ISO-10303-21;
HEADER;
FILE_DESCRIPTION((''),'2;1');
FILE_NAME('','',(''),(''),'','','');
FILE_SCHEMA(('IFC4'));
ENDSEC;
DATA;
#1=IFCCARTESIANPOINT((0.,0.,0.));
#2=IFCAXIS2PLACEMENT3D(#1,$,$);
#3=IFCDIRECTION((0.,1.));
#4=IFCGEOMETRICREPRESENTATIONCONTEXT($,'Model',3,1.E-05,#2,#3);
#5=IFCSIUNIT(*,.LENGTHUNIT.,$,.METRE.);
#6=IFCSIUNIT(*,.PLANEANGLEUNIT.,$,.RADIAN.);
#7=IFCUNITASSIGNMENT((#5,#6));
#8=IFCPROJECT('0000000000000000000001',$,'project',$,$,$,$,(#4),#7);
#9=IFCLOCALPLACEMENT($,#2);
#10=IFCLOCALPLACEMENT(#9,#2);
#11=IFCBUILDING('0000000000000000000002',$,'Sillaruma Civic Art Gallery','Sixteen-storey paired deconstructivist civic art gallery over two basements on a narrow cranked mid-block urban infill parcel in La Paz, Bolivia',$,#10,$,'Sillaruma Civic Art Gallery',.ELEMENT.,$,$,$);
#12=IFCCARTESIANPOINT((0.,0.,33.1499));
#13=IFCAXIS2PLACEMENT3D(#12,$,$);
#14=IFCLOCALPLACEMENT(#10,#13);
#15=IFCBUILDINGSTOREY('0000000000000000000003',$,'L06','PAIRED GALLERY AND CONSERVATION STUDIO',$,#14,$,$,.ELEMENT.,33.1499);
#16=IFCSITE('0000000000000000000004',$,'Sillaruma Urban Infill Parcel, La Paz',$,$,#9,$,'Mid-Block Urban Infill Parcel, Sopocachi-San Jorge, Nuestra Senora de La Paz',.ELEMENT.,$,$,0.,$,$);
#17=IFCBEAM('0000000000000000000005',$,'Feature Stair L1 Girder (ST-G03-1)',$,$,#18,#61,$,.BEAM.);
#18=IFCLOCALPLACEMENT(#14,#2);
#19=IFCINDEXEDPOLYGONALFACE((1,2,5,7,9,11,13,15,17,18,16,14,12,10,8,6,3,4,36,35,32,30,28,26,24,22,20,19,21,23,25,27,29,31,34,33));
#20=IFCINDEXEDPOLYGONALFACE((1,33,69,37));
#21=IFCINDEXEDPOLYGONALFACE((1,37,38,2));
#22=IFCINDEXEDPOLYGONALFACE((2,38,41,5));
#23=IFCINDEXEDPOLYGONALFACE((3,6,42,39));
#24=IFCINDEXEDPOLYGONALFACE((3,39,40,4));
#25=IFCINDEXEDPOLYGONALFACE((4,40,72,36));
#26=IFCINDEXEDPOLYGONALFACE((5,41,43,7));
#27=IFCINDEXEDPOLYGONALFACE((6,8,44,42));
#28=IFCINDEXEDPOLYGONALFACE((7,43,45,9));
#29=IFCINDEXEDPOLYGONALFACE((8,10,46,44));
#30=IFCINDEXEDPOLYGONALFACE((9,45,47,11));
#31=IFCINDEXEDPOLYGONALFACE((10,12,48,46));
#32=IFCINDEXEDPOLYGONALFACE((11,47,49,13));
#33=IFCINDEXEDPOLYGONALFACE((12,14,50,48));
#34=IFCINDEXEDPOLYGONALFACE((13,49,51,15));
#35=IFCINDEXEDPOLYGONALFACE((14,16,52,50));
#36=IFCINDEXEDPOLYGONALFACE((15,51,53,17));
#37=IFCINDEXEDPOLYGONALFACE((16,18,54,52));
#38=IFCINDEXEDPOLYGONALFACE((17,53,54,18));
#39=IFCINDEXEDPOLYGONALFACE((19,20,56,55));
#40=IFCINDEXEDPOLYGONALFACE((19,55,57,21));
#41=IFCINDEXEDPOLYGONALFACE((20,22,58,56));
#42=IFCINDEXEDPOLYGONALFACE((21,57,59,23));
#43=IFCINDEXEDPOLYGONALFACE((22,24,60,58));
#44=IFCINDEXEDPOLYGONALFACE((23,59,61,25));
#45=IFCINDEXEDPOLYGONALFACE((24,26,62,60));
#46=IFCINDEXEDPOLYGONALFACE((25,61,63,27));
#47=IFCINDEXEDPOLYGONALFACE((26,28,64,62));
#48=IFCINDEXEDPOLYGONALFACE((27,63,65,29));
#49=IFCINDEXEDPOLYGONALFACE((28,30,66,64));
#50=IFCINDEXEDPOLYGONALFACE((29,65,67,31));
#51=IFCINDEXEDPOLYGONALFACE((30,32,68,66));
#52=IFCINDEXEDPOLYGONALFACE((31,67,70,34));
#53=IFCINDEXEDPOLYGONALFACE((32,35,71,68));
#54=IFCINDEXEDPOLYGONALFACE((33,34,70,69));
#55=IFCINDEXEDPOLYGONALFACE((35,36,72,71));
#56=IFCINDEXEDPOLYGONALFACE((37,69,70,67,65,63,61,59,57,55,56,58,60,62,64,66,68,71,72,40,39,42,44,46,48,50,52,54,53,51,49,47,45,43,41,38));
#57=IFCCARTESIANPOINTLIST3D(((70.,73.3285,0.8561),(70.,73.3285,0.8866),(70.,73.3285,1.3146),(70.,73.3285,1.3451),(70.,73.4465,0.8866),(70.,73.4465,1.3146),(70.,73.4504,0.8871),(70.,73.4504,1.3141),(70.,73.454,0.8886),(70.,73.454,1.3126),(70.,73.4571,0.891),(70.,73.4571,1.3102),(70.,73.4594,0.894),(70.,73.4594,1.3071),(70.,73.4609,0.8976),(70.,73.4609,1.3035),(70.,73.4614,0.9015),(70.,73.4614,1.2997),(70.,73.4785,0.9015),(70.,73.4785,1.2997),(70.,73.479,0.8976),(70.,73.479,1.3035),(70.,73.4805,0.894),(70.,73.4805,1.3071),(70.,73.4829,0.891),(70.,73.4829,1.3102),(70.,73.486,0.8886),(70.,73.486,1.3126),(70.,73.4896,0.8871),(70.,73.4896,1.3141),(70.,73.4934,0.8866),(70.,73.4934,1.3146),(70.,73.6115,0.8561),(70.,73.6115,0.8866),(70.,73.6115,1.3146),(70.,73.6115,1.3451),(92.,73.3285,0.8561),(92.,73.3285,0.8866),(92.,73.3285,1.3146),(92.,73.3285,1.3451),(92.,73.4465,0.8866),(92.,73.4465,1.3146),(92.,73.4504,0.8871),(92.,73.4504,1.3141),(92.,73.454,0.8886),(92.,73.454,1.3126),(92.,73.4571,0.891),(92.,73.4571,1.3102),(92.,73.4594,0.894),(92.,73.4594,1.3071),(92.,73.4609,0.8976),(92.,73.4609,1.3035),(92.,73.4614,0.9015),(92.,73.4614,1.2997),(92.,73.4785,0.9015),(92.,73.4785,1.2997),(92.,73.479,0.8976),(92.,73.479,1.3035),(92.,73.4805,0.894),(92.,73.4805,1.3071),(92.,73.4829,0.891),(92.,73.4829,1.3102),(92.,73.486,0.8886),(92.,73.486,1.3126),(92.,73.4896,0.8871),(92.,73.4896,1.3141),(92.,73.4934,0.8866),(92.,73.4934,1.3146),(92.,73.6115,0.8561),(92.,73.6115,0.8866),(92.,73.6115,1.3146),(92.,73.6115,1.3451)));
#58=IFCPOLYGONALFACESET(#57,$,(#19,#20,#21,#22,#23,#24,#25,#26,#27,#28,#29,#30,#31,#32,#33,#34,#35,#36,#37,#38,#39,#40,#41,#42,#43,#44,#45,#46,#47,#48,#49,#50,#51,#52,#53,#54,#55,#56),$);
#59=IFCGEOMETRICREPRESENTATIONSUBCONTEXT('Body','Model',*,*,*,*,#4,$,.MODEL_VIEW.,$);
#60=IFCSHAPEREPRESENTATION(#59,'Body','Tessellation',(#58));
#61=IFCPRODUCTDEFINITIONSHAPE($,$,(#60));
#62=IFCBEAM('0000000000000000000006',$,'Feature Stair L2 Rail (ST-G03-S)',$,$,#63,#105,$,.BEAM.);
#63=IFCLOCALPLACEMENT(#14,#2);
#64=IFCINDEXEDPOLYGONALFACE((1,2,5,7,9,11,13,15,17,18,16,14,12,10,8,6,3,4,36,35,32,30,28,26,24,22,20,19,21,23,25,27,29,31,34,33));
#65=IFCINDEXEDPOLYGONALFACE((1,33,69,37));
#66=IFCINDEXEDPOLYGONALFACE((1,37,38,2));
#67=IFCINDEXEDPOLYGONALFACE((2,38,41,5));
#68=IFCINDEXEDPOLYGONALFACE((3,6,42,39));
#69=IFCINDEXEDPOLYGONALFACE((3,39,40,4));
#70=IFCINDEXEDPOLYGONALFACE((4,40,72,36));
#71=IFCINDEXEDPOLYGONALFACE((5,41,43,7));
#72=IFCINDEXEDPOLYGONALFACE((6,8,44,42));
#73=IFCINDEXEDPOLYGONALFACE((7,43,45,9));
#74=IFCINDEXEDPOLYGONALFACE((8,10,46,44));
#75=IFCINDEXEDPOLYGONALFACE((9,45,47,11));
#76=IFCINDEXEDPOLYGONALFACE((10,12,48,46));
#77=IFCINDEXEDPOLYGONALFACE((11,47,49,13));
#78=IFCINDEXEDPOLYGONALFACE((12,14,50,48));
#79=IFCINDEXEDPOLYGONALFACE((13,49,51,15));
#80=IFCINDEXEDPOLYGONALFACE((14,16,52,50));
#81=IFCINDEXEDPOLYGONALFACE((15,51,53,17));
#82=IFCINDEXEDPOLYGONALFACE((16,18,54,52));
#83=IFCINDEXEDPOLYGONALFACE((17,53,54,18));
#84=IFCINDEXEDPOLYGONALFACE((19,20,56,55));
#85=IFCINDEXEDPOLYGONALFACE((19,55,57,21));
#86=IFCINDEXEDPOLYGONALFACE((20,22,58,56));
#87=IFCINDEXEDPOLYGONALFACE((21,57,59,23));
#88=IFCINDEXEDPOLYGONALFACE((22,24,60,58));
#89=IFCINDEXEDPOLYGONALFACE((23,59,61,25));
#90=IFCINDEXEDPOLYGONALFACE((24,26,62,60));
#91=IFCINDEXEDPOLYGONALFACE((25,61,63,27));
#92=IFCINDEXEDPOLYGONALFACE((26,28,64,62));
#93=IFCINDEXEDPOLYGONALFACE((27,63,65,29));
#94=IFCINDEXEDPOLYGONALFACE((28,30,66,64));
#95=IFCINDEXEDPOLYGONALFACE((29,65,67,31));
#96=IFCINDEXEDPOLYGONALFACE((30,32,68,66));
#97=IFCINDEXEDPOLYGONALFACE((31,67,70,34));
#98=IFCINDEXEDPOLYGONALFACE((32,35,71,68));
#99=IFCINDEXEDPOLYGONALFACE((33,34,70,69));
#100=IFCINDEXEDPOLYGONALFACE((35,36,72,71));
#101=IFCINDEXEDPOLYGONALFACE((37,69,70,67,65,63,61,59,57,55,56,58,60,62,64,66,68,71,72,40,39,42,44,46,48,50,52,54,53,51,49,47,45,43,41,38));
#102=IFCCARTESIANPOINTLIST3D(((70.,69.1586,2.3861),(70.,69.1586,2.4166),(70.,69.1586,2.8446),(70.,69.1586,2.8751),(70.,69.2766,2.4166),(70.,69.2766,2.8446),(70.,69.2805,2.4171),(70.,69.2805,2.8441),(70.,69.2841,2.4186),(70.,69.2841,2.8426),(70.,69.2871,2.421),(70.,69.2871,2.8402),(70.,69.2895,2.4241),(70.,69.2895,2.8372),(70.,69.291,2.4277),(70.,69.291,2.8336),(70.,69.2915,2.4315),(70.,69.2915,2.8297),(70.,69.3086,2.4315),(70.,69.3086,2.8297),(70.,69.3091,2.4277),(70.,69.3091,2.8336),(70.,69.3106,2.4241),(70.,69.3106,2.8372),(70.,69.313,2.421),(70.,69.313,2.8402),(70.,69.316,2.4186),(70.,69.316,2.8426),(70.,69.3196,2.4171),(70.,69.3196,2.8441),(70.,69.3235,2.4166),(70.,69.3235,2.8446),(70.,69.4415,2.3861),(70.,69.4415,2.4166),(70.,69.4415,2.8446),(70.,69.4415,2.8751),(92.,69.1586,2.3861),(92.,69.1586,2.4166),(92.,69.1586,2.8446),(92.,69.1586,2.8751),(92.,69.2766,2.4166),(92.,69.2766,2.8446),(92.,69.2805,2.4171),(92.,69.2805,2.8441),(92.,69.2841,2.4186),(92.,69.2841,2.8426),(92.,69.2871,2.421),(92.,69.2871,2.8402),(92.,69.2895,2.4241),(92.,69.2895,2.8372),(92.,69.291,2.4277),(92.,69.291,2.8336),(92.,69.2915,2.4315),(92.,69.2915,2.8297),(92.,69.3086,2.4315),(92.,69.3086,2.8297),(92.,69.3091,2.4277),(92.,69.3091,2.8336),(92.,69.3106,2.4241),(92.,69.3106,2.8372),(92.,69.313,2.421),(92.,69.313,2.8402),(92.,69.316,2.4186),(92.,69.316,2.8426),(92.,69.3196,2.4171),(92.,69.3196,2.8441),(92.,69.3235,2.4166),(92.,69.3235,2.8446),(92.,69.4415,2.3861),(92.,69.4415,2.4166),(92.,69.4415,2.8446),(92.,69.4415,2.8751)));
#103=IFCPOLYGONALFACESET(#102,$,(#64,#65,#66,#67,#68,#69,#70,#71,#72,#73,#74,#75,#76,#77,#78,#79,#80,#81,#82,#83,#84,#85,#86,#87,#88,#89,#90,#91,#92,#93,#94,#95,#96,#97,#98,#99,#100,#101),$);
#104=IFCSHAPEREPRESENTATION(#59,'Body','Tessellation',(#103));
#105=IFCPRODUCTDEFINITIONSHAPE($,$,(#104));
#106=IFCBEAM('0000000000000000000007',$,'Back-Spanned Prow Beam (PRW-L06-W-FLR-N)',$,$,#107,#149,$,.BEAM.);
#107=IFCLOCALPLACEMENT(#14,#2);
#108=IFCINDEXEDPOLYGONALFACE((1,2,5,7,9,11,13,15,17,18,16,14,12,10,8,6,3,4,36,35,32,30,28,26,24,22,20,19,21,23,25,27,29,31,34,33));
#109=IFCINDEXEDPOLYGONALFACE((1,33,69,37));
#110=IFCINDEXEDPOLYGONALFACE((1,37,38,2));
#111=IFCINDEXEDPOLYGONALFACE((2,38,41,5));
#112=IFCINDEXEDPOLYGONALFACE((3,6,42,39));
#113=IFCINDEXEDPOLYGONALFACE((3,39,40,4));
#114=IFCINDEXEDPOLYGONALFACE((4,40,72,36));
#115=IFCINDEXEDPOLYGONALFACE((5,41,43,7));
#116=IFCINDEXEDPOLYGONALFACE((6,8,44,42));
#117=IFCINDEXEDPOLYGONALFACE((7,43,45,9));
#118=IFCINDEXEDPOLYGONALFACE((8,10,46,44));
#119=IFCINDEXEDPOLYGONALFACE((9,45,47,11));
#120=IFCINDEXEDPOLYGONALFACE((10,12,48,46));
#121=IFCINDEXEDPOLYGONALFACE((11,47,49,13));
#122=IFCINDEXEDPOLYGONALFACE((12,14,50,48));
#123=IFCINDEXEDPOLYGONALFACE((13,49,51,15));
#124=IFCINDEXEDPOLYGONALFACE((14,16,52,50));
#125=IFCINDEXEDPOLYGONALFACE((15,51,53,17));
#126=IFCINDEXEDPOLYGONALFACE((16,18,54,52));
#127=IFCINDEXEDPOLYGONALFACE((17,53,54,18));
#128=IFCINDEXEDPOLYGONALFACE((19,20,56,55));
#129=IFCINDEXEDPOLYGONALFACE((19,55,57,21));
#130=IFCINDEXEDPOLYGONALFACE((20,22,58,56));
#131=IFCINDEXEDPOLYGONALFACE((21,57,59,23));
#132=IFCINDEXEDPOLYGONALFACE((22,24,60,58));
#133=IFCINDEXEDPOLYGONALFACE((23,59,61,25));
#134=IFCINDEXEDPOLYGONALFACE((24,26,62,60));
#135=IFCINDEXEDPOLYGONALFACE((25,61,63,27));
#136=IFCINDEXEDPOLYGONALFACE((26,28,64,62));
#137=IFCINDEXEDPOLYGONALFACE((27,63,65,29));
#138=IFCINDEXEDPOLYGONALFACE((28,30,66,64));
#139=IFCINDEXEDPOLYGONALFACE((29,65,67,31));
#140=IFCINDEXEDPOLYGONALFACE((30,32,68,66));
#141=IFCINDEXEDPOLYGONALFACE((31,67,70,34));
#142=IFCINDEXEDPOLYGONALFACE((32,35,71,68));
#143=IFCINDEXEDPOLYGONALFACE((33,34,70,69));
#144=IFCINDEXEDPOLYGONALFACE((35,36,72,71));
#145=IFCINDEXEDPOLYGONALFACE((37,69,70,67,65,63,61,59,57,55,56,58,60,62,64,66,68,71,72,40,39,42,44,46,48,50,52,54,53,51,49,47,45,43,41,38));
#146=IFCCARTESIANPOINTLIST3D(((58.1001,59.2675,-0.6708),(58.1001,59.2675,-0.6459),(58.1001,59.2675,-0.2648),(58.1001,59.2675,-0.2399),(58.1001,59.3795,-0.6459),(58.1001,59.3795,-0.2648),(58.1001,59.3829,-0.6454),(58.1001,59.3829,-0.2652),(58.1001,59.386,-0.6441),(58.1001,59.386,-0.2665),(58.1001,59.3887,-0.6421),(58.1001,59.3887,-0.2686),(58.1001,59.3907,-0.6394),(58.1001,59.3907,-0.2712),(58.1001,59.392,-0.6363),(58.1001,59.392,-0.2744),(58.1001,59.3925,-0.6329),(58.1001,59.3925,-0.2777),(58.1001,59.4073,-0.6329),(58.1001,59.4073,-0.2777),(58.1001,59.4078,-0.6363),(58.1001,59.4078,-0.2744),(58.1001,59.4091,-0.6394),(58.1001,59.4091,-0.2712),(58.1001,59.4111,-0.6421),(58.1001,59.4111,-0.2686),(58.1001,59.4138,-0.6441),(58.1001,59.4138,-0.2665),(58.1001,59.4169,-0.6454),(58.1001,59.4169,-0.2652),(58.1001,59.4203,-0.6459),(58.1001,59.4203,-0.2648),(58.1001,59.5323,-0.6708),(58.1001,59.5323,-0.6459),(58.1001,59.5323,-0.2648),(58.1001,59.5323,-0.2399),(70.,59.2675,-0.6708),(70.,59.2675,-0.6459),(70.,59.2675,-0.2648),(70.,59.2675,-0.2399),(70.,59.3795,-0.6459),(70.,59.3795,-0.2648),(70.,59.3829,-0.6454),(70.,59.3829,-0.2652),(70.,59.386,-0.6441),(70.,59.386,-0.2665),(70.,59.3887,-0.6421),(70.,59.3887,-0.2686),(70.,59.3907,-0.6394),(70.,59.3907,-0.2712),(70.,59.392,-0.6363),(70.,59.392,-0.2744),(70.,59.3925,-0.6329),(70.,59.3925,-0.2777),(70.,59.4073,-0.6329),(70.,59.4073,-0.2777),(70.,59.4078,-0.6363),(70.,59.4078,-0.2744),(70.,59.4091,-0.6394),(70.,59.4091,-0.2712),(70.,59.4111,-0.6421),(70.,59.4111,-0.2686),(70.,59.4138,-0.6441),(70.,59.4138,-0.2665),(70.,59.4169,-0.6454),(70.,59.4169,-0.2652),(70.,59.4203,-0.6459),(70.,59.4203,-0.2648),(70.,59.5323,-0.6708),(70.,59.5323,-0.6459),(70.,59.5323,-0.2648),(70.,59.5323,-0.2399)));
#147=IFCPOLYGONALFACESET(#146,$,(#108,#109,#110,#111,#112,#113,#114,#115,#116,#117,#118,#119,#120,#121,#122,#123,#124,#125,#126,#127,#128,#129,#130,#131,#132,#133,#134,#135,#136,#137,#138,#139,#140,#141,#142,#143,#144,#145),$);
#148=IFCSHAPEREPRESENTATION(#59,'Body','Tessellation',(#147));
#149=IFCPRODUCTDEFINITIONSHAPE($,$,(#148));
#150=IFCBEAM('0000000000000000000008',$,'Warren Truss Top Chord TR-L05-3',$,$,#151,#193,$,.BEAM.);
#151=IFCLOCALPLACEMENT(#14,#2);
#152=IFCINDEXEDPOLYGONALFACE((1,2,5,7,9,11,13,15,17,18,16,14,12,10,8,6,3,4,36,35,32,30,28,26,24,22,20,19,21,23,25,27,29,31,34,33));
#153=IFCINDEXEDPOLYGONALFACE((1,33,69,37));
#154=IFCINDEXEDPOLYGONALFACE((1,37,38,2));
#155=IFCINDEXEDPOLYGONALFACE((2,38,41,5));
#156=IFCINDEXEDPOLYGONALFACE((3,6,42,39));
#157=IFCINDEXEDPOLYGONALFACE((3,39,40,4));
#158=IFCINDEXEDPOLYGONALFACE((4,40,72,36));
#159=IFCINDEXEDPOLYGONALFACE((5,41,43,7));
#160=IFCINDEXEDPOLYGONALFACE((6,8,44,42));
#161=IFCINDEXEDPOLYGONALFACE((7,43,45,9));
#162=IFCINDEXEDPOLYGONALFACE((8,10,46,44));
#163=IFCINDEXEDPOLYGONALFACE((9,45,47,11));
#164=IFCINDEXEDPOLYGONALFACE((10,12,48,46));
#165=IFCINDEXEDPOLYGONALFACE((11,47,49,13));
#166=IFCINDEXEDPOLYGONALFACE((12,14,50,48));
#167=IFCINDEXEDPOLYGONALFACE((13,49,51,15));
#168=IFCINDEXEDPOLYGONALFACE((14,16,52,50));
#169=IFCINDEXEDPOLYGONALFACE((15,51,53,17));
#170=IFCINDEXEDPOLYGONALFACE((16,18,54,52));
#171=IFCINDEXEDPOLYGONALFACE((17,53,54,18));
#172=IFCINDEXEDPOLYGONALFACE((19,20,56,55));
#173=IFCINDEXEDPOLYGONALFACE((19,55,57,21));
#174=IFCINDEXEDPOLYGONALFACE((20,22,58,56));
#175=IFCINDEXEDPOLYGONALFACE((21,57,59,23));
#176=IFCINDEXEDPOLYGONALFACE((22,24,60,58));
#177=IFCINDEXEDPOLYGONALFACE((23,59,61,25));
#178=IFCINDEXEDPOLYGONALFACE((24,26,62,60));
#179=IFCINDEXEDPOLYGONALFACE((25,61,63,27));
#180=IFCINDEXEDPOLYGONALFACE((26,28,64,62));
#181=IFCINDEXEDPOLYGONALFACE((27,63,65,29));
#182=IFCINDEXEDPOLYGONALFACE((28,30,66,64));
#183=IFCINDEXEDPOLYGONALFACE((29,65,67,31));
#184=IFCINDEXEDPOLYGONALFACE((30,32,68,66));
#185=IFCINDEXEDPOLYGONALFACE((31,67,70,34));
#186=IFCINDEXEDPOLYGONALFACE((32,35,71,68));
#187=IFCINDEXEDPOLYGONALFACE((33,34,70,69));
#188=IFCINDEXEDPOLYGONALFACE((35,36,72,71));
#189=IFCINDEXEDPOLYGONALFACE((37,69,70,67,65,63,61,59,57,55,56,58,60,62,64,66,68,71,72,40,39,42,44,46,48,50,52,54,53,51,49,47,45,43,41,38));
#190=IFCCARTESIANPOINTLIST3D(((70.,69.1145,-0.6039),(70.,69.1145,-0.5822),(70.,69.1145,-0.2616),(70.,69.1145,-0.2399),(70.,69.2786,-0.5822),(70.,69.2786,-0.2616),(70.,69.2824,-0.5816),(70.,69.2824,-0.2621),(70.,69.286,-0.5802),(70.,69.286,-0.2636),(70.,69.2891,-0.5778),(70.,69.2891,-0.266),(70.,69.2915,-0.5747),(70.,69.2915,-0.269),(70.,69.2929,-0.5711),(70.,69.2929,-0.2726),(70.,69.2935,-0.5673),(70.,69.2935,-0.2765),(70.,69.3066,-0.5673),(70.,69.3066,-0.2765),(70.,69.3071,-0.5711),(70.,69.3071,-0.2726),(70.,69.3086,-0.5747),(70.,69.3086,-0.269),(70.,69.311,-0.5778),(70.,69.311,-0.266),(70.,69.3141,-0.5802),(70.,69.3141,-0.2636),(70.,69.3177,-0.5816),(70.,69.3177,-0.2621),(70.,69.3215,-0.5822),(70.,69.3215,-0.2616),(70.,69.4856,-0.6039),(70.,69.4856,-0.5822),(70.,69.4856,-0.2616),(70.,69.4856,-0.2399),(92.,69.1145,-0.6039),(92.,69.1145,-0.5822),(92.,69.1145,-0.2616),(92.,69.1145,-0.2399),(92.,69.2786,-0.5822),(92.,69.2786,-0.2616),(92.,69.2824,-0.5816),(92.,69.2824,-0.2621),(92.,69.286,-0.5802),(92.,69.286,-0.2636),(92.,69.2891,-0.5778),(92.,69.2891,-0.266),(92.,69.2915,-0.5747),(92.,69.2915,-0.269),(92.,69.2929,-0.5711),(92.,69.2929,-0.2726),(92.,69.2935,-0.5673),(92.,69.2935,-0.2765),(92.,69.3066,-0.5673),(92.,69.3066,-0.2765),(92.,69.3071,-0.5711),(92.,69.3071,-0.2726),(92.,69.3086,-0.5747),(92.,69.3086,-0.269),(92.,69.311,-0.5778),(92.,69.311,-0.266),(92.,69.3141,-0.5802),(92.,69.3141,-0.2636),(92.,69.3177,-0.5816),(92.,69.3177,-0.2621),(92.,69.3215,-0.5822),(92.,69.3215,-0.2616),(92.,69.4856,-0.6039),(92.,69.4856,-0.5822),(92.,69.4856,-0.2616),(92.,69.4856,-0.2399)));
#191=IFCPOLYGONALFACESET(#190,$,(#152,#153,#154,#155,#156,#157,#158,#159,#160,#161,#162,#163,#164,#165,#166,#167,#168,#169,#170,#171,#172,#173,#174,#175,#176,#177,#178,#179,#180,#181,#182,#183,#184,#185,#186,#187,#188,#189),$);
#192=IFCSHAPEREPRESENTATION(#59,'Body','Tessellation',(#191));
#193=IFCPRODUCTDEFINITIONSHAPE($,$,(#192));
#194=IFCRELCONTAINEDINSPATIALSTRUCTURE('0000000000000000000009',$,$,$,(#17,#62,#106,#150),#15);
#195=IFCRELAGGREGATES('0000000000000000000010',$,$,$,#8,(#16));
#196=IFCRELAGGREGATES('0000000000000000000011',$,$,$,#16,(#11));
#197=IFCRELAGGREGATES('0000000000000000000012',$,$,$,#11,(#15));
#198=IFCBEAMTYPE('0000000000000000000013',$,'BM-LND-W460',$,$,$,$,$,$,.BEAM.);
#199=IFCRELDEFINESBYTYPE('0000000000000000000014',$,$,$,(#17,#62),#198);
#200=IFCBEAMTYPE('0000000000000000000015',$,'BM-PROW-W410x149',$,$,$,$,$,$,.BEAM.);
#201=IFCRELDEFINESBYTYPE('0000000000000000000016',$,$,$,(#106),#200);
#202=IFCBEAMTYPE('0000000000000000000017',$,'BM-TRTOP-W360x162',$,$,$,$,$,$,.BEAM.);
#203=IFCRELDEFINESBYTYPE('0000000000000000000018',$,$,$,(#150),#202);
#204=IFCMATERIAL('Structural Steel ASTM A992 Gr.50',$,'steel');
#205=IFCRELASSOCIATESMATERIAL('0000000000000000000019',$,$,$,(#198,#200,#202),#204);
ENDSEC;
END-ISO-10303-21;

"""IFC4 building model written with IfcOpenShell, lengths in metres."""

from ifc_helpers import new_model, si_unit, direction, frame, origin, origin_2d, place, context, subcontext, project, spatial, i_section, extrude, material, material_profile, profile_set, type_object, element, save


model = new_model("IFC4")

# Units and contexts
model_context = context("Model", 3, precision=1e-05, world=origin(), true_north=direction((0.0, 1.0)))
body_context = subcontext(model_context, "Body", "Model", "MODEL_VIEW")
ifc_project = project(units=[si_unit("LENGTHUNIT", "METRE"), si_unit("PLANEANGLEUNIT", "RADIAN")], contexts=[model_context])

# Site, building, storey
site_placement = place(None, origin())
site = spatial("IfcSite", under=ifc_project, at=site_placement, Name="Sillaruma Urban Infill Parcel, La Paz", LongName="Mid-Block Urban Infill Parcel, Sopocachi-San Jorge, Nuestra Senora de La Paz", CompositionType="ELEMENT", RefElevation=0.0)
building_placement = place(site_placement, origin())
building = spatial("IfcBuilding", under=site, at=building_placement, Name="Sillaruma Civic Art Gallery", Description="Sixteen-storey paired deconstructivist civic art gallery over two basements on a narrow cranked mid-block urban infill parcel in La Paz, Bolivia", LongName="Sillaruma Civic Art Gallery", CompositionType="ELEMENT")
storey_placement = place(building_placement, frame((0.0, 0.0, 33.1499)))
storey = spatial("IfcBuildingStorey", under=building, at=storey_placement, Name="L06", Description="PAIRED GALLERY AND CONSERVATION STUDIO", CompositionType="ELEMENT", Elevation=33.1499)

# Beams
ifc_material_1 = material(Name="Structural Steel ASTM A992 Gr.50", Category="steel")
ifc_material_profile_1 = material_profile(ifc_material_1, i_section(OverallWidth=0.283, OverallDepth=0.489, WebThickness=0.0171, FlangeThickness=0.0305, FilletRadius=0.0149, at=origin_2d()), Name="W460x193")
ifc_profile_set_1 = profile_set([ifc_material_profile_1], Name="Structural Steel ASTM A992 Gr.50")
beam_type_1 = type_object("IfcBeamType", Name="BM-LND-W460", PredefinedType="BEAM", material=ifc_profile_set_1)
for number, where, z_axis, x_axis, name in (
    (1, (70.0, 73.47, 1.1006), (1.0, 0.0, 0.0), (0.0, 1.0, 0.0), "Feature Stair L1 Girder (ST-G03-1)"),
    (2, (70.0, 69.3, 2.6306), (1.0, 0.0, 0.0), (0.0, 1.0, 0.0), "Feature Stair L2 Rail (ST-G03-S)"),
):
    element("IfcBeam", number, at=place(storey_placement, frame(where, z_axis=z_axis, x_axis=x_axis)), inside=storey, type_object=beam_type_1, Name=name, PredefinedType="BEAM", context=body_context, shape_type="SweptSolid", body=[
        extrude(i_section(OverallWidth=0.283, OverallDepth=0.489, WebThickness=0.0171, FlangeThickness=0.0305, FilletRadius=0.0149, at=origin_2d()), origin(), (0.0, 0.0, 1.0), 22.0),
    ])
ifc_material_profile_2 = material_profile(ifc_material_1, i_section(OverallWidth=0.2649, OverallDepth=0.4309, WebThickness=0.0149, FlangeThickness=0.0249, FilletRadius=0.0129, at=origin_2d()), Name="W410x149")
ifc_profile_set_2 = profile_set([ifc_material_profile_2], Name="Structural Steel ASTM A992 Gr.50")
beam_type_2 = type_object("IfcBeamType", Name="BM-PROW-W410x149", PredefinedType="BEAM", material=ifc_profile_set_2)
beam_1_placement = place(storey_placement, frame((70.0, 59.3999, -0.4553), z_axis=(-1.0, 0.0, 0.0), x_axis=(0.0, -1.0, 0.0)))
element("IfcBeam", 3, at=beam_1_placement, inside=storey, type_object=beam_type_2, Name="Back-Spanned Prow Beam (PRW-L06-W-FLR-N)", PredefinedType="BEAM", context=body_context, shape_type="SweptSolid", body=[
    extrude(i_section(OverallWidth=0.2649, OverallDepth=0.4309, WebThickness=0.0149, FlangeThickness=0.0249, FilletRadius=0.0129, at=origin_2d()), origin(), (0.0, 0.0, 1.0), 11.8999),
])
ifc_material_profile_3 = material_profile(ifc_material_1, i_section(OverallWidth=0.3711, OverallDepth=0.364, WebThickness=0.0132, FlangeThickness=0.0217, FilletRadius=0.0149, at=origin_2d()), Name="W360x162")
ifc_profile_set_3 = profile_set([ifc_material_profile_3], Name="Structural Steel ASTM A992 Gr.50")
beam_type_3 = type_object("IfcBeamType", Name="BM-TRTOP-W360x162", PredefinedType="BEAM", material=ifc_profile_set_3)
beam_2_placement = place(storey_placement, frame((70.0, 69.3, -0.4219), z_axis=(1.0, 0.0, 0.0), x_axis=(0.0, 1.0, 0.0)))
element("IfcBeam", 4, at=beam_2_placement, inside=storey, type_object=beam_type_3, Name="Warren Truss Top Chord TR-L05-3", PredefinedType="BEAM", context=body_context, shape_type="SweptSolid", body=[
    extrude(i_section(OverallWidth=0.3711, OverallDepth=0.364, WebThickness=0.0132, FlangeThickness=0.0217, FilletRadius=0.0149, at=origin_2d()), origin(), (0.0, 0.0, 1.0), 22.0),
])

save(model, "model.ifc")
